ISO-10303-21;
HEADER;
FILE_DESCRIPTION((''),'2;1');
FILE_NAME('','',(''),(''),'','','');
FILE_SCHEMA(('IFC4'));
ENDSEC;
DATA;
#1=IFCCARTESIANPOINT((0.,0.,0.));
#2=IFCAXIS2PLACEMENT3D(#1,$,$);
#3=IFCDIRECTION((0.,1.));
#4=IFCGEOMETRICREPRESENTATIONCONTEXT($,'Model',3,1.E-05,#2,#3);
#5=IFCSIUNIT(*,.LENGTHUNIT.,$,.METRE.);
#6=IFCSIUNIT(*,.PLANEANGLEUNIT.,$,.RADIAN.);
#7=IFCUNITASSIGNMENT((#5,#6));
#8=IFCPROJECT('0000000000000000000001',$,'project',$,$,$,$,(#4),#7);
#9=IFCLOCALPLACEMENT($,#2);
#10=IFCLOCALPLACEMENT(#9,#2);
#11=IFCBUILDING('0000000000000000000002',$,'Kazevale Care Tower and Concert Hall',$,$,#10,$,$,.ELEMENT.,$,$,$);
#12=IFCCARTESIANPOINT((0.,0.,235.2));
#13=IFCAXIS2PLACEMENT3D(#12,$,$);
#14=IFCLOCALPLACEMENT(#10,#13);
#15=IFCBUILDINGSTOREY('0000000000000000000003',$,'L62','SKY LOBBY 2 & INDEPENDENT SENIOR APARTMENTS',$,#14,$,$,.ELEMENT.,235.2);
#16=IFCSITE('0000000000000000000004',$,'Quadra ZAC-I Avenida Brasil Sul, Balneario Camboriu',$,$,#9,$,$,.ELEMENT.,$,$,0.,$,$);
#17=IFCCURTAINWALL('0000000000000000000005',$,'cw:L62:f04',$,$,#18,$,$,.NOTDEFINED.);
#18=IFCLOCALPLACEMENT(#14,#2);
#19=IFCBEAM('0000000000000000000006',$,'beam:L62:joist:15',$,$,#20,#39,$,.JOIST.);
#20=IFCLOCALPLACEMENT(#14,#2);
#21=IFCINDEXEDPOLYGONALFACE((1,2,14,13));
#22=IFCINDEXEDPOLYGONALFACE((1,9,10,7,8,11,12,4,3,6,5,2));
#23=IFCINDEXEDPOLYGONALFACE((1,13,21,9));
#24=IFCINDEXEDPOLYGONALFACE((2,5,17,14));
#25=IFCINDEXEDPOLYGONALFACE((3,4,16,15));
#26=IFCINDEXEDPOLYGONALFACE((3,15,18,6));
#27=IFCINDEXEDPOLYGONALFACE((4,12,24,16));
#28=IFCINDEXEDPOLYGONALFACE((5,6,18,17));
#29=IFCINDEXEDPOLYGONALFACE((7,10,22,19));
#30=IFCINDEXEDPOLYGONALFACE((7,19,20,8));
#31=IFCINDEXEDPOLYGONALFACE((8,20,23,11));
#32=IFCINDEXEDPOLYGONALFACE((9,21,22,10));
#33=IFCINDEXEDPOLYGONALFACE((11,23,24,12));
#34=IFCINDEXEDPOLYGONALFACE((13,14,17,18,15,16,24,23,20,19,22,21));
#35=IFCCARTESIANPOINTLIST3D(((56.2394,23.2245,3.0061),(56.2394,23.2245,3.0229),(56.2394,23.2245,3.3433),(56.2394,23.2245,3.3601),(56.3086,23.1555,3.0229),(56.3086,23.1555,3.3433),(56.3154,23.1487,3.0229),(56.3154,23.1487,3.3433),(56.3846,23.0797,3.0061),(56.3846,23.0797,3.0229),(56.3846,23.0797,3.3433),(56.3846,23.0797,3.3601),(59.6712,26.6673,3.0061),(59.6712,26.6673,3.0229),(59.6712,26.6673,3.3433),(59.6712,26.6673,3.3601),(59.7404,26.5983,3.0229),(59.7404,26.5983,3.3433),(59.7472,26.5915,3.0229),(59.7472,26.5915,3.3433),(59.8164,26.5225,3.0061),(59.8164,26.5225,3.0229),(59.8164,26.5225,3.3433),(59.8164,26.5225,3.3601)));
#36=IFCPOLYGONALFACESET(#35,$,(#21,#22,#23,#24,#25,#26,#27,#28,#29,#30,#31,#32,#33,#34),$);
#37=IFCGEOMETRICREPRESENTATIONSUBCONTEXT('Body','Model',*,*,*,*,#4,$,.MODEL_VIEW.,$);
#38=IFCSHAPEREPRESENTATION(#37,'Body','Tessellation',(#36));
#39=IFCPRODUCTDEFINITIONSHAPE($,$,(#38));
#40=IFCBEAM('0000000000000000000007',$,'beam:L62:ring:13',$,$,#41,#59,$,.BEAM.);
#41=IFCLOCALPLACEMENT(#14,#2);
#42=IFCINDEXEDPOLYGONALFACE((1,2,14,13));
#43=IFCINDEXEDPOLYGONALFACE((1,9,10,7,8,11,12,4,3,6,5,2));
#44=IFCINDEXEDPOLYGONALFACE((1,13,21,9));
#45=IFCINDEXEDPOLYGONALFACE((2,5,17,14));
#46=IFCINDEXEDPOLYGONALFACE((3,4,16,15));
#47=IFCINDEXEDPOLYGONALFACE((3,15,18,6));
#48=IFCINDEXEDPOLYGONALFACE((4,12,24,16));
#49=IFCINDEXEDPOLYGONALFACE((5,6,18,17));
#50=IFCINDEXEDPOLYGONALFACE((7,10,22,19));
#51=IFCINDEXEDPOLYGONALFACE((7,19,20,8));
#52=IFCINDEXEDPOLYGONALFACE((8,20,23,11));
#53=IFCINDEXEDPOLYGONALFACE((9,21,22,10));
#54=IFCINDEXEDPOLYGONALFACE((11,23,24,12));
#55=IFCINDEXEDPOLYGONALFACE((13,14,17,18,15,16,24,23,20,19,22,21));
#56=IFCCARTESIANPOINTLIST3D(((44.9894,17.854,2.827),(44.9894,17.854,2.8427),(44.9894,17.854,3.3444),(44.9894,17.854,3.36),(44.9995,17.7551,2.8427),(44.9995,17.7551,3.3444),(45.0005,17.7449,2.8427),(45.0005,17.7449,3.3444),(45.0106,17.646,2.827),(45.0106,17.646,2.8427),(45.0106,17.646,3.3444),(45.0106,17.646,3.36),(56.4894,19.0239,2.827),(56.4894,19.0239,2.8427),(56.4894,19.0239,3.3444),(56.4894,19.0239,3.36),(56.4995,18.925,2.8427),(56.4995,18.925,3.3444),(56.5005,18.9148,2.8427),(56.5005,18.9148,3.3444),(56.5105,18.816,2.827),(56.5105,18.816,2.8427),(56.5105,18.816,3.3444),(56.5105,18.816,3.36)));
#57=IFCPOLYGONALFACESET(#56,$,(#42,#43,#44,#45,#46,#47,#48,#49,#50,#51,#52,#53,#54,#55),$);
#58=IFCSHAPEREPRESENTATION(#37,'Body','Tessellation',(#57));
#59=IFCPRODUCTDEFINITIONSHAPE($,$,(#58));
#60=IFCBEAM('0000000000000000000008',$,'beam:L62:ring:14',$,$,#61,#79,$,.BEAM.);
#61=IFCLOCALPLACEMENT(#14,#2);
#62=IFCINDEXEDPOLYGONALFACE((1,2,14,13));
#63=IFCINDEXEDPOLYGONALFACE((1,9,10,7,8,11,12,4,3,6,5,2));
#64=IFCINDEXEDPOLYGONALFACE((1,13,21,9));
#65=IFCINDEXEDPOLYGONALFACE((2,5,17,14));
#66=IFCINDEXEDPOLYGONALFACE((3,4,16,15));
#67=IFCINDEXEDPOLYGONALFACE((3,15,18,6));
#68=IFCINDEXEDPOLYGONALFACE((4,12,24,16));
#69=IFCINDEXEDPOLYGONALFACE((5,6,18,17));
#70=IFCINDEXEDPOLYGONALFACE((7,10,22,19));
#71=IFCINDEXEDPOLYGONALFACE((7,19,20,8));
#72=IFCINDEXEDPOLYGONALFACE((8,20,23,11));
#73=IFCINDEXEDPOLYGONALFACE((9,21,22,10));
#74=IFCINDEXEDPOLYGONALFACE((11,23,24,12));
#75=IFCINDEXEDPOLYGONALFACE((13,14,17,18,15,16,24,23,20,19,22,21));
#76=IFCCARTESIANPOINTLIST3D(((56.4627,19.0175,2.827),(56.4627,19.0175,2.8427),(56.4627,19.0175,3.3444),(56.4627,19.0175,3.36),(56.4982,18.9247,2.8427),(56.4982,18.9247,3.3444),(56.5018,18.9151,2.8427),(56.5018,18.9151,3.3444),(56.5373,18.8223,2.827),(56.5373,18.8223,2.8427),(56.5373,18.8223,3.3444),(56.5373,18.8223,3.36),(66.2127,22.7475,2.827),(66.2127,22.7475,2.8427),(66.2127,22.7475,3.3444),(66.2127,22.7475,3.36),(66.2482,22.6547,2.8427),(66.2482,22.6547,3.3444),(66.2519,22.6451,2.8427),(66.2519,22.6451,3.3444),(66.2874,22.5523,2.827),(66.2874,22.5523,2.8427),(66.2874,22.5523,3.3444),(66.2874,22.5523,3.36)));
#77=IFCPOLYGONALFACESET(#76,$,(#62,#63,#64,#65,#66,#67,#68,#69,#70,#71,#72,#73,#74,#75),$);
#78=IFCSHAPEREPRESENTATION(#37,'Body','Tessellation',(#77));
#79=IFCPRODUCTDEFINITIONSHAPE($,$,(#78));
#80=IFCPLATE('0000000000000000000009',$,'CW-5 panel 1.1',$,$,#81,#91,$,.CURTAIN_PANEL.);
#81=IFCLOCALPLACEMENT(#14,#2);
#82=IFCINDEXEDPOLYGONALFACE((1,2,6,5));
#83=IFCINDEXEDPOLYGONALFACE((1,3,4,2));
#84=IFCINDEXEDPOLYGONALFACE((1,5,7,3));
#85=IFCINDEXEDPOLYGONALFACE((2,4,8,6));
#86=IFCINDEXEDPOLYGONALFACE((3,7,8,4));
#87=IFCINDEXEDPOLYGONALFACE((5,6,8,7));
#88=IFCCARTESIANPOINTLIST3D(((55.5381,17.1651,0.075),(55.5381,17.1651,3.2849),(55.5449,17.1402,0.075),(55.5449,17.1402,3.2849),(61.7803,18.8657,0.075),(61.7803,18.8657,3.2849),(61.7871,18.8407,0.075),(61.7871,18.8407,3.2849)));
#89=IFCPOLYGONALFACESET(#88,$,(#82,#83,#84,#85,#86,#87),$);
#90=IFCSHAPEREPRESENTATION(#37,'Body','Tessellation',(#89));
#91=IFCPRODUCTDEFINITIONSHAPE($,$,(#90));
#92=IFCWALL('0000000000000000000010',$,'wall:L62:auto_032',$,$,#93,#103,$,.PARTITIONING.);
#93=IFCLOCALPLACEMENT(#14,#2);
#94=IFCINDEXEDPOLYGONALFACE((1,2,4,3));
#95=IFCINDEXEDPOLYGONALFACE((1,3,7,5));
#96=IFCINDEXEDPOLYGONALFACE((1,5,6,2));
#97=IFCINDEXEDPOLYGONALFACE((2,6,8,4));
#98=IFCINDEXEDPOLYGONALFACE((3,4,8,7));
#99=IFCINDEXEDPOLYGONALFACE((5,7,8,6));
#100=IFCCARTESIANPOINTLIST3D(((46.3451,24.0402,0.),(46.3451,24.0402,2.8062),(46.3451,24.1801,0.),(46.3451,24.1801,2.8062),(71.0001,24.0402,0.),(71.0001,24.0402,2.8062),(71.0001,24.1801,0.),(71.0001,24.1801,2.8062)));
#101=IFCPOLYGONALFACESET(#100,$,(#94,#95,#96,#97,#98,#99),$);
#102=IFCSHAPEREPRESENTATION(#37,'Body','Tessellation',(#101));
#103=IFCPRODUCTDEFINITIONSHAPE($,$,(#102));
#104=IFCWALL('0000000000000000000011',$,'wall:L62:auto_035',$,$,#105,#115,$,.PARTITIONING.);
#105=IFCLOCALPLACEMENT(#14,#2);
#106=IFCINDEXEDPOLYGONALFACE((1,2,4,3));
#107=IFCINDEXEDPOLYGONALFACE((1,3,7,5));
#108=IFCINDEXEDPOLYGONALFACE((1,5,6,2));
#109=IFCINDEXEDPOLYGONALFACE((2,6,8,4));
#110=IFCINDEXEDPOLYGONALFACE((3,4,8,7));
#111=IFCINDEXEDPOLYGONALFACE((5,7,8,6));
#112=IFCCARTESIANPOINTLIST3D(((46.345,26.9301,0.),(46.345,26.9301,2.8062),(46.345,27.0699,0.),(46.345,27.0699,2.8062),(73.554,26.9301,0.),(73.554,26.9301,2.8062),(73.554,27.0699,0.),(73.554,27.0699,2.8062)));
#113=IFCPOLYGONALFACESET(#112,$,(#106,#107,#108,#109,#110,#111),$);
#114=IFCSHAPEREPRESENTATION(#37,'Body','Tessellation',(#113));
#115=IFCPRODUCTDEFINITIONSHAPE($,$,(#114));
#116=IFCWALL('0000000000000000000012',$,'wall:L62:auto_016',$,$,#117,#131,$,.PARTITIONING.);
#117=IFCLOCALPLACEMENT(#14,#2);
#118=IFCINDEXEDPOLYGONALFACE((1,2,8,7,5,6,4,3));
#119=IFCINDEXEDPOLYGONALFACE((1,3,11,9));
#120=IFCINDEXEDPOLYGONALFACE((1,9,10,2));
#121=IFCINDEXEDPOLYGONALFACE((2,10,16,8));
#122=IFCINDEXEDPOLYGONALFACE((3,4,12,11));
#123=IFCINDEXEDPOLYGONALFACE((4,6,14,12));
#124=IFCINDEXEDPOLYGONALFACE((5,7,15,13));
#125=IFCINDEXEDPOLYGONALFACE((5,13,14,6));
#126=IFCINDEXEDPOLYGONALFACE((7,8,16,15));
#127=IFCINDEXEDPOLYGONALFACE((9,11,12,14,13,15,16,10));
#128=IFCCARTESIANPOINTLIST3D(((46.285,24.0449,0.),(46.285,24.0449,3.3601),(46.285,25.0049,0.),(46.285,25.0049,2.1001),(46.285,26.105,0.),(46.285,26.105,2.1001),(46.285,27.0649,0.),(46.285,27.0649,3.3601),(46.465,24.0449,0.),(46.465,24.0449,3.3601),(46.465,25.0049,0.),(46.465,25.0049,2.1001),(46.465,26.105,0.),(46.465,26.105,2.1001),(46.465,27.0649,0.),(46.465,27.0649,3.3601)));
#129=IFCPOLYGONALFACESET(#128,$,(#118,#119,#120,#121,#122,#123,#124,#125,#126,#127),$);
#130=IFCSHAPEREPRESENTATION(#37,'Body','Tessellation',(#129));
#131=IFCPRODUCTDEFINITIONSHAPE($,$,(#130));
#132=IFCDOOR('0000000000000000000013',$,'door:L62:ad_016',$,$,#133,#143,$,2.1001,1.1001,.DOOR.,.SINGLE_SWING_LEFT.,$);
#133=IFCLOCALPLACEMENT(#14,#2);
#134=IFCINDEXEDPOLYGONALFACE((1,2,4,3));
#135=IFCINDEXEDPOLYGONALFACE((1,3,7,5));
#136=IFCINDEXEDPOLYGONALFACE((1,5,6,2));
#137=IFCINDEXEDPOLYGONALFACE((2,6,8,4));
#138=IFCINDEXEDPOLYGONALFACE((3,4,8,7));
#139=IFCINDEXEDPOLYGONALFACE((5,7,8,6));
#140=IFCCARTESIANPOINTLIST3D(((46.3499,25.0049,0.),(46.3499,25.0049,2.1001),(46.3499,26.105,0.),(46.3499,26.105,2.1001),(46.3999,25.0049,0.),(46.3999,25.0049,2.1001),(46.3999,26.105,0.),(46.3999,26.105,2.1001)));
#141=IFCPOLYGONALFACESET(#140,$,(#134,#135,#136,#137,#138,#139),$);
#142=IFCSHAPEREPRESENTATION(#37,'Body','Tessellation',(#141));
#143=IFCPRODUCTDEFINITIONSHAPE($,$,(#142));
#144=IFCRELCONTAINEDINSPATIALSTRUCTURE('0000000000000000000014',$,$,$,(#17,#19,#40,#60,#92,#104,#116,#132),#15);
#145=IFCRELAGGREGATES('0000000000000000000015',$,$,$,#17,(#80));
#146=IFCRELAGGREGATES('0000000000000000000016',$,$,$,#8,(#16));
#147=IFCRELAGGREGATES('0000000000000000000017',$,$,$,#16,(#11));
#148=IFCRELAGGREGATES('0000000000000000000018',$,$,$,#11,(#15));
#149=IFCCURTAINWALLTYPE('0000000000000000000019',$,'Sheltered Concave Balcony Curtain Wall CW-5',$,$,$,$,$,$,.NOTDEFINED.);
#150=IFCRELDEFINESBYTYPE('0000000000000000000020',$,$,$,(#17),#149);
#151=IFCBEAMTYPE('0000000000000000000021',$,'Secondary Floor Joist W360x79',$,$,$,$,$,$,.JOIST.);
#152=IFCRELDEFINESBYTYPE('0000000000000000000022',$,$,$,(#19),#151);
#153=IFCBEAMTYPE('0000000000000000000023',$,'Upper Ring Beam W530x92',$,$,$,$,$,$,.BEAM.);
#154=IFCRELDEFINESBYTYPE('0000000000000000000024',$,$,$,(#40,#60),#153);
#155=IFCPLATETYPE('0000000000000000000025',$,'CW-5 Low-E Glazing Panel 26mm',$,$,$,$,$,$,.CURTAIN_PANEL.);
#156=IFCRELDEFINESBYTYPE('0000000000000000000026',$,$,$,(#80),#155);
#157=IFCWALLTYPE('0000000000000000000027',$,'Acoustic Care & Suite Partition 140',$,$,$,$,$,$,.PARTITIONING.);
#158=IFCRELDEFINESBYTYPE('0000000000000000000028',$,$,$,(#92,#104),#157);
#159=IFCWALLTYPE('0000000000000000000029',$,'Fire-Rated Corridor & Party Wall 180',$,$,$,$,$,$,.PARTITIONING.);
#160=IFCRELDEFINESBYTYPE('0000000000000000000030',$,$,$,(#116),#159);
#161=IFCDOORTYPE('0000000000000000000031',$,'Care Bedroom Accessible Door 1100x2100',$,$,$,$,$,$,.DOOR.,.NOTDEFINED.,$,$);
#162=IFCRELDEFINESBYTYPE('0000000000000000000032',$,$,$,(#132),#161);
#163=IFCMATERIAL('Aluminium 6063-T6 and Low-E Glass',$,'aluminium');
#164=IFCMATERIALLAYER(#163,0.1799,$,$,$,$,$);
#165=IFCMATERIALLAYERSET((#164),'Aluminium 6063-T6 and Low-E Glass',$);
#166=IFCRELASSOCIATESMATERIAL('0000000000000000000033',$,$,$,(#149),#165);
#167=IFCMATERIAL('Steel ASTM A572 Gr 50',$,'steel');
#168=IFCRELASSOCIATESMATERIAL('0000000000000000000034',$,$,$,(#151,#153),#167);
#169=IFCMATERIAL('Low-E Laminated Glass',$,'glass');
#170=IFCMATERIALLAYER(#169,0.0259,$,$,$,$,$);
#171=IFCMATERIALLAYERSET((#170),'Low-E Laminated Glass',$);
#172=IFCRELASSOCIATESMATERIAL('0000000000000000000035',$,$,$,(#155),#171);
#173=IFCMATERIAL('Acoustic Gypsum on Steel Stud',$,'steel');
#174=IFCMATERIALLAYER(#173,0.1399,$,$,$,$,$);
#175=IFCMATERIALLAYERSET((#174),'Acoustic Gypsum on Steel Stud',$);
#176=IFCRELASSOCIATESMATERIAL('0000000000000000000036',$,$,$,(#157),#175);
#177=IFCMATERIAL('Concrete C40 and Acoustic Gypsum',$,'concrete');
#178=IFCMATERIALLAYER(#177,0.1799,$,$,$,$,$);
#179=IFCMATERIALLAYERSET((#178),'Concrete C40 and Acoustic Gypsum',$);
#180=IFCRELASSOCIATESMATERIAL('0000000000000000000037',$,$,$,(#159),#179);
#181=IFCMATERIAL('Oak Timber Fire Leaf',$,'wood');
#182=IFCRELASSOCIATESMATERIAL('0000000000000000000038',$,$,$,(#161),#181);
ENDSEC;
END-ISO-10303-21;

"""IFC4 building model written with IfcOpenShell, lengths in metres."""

from ifc_helpers import new_model, si_unit, direction, frame, frame_2d, origin, origin_2d, place, context, subcontext, project, spatial, rectangle, i_section, extrude, material, layer, layer_set, material_profile, profile_set, type_object, element, fill, aggregate, save


model = new_model("IFC4")

# Units and contexts
model_context = context("Model", 3, precision=1e-05, world=origin(), true_north=direction((0.0, 1.0)))
body_context = subcontext(model_context, "Body", "Model", "MODEL_VIEW")
ifc_project = project(units=[si_unit("LENGTHUNIT", "METRE"), si_unit("PLANEANGLEUNIT", "RADIAN")], contexts=[model_context])

# Site, building, storey
site_placement = place(None, origin())
site = spatial("IfcSite", under=ifc_project, at=site_placement, Name="Quadra ZAC-I Avenida Brasil Sul, Balneario Camboriu", CompositionType="ELEMENT", RefElevation=0.0)
building_placement = place(site_placement, origin())
building = spatial("IfcBuilding", under=site, at=building_placement, Name="Kazevale Care Tower and Concert Hall", CompositionType="ELEMENT")
storey_placement = place(building_placement, frame((0.0, 0.0, 235.2)))
storey = spatial("IfcBuildingStorey", under=building, at=storey_placement, Name="L62", Description="SKY LOBBY 2 & INDEPENDENT SENIOR APARTMENTS", CompositionType="ELEMENT", Elevation=235.2)

# Curtain wall
ifc_material_1 = material(Name="Aluminium 6063-T6 and Low-E Glass", Category="aluminium")
ifc_layer_1 = layer(ifc_material_1, 0.1799)
ifc_layer_set_1 = layer_set([ifc_layer_1], Name="Aluminium 6063-T6 and Low-E Glass")
curtain_wall_type = type_object("IfcCurtainWallType", Name="Sheltered Concave Balcony Curtain Wall CW-5", PredefinedType="NOTDEFINED", material=ifc_layer_set_1)
curtain_wall_1_placement = place(storey_placement, origin())
curtain_wall_1 = element("IfcCurtainWall", 1, at=curtain_wall_1_placement, inside=storey, type_object=curtain_wall_type, Name="cw:L62:f04", PredefinedType="NOTDEFINED")

# Beams
ifc_material_2 = material(Name="Steel ASTM A572 Gr 50", Category="steel")
ifc_material_profile_1 = material_profile(ifc_material_2, i_section(OverallWidth=0.2051, OverallDepth=0.354, WebThickness=0.0095, FlangeThickness=0.0168, at=origin_2d()), Name="W360x79")
ifc_profile_set_1 = profile_set([ifc_material_profile_1], Name="Steel ASTM A572 Gr 50")
beam_type_1 = type_object("IfcBeamType", Name="Secondary Floor Joist W360x79", PredefinedType="JOIST", material=ifc_profile_set_1)
beam_1_placement = place(storey_placement, frame((56.312, 23.1521, 3.1831), z_axis=(0.705976, 0.708236, 0.0), x_axis=(-0.708236, 0.705976, 0.0)))
element("IfcBeam", 2, at=beam_1_placement, inside=storey, type_object=beam_type_1, Name="beam:L62:joist:15", PredefinedType="JOIST", context=body_context, shape_type="SweptSolid", body=[
    extrude(i_section(OverallWidth=0.2051, OverallDepth=0.354, WebThickness=0.0095, FlangeThickness=0.0168, at=origin_2d()), origin(), (0.0, 0.0, 1.0), 4.8611),
])
ifc_material_profile_2 = material_profile(ifc_material_2, i_section(OverallWidth=0.209, OverallDepth=0.533, WebThickness=0.0103, FlangeThickness=0.0156, at=origin_2d()), Name="W530x92")
ifc_profile_set_2 = profile_set([ifc_material_profile_2], Name="Steel ASTM A572 Gr 50")
beam_type_2 = type_object("IfcBeamType", Name="Upper Ring Beam W530x92", PredefinedType="BEAM", material=ifc_profile_set_2)
beam_2_placement = place(storey_placement, frame((45.0, 17.75, 3.0935), z_axis=(0.994865, 0.10121, 0.0), x_axis=(-0.10121, 0.994865, 0.0)))
element("IfcBeam", 3, at=beam_2_placement, inside=storey, type_object=beam_type_2, Name="beam:L62:ring:13", PredefinedType="BEAM", context=body_context, shape_type="SweptSolid", body=[
    extrude(i_section(OverallWidth=0.209, OverallDepth=0.533, WebThickness=0.0103, FlangeThickness=0.0156, at=origin_2d()), origin(), (0.0, 0.0, 1.0), 11.5593),
])
beam_3_placement = place(storey_placement, frame((56.5, 18.9199, 3.0935), z_axis=(0.933987, 0.357308, 0.0), x_axis=(-0.357308, 0.933987, 0.0)))
element("IfcBeam", 4, at=beam_3_placement, inside=storey, type_object=beam_type_2, Name="beam:L62:ring:14", PredefinedType="BEAM", context=body_context, shape_type="SweptSolid", body=[
    extrude(i_section(OverallWidth=0.209, OverallDepth=0.533, WebThickness=0.0103, FlangeThickness=0.0156, at=origin_2d()), origin(), (0.0, 0.0, 1.0), 10.4392),
])

# Plate
ifc_material_3 = material(Name="Low-E Laminated Glass", Category="glass")
ifc_layer_2 = layer(ifc_material_3, 0.0259)
ifc_layer_set_2 = layer_set([ifc_layer_2], Name="Low-E Laminated Glass")
plate_type = type_object("IfcPlateType", Name="CW-5 Low-E Glazing Panel 26mm", PredefinedType="CURTAIN_PANEL", material=ifc_layer_set_2)
plate_placement = place(storey_placement, frame((58.6626, 18.0029, 0.075), z_axis=(0.0, 0.0, 1.0), x_axis=(-0.964837, -0.262849, 0.0)))
plate = element("IfcPlate", 5, at=plate_placement, type_object=plate_type, Name="CW-5 panel 1.1", PredefinedType="CURTAIN_PANEL", context=body_context, shape_type="SweptSolid", body=[
    extrude(rectangle(XDim=6.4697, YDim=0.0259, at=origin_2d()), origin(), (0.0, 0.0, 1.0), 3.21),
])
aggregate(curtain_wall_1, [plate])

# Walls
ifc_material_4 = material(Name="Acoustic Gypsum on Steel Stud", Category="steel")
ifc_layer_3 = layer(ifc_material_4, 0.1399)
ifc_layer_set_3 = layer_set([ifc_layer_3], Name="Acoustic Gypsum on Steel Stud")
wall_type_1 = type_object("IfcWallType", Name="Acoustic Care & Suite Partition 140", PredefinedType="PARTITIONING", material=ifc_layer_set_3)
wall_1_placement = place(storey_placement, frame((46.345, 24.1101, 0.0), z_axis=(0.0, 0.0, 1.0), x_axis=(1.0, 0.0, 0.0)))
element("IfcWall", 6, at=wall_1_placement, inside=storey, type_object=wall_type_1, Name="wall:L62:auto_032", PredefinedType="PARTITIONING", context=body_context, shape_type="SweptSolid", body=[
    extrude(rectangle(XDim=24.655, YDim=0.1399, at=frame_2d((12.3276, 0.0))), origin(), (0.0, 0.0, 1.0), 2.8062),
])
wall_2_placement = place(storey_placement, frame((46.345, 27.0, 0.0), z_axis=(0.0, 0.0, 1.0), x_axis=(1.0, 0.0, 0.0)))
element("IfcWall", 7, at=wall_2_placement, inside=storey, type_object=wall_type_1, Name="wall:L62:auto_035", PredefinedType="PARTITIONING", context=body_context, shape_type="SweptSolid", body=[
    extrude(rectangle(XDim=27.209, YDim=0.1399, at=frame_2d((13.6045, 0.0))), origin(), (0.0, 0.0, 1.0), 2.8062),
])

# Wall, opening, door
ifc_material_5 = material(Name="Concrete C40 and Acoustic Gypsum", Category="concrete")
ifc_layer_4 = layer(ifc_material_5, 0.1799)
ifc_layer_set_4 = layer_set([ifc_layer_4], Name="Concrete C40 and Acoustic Gypsum")
wall_type_2 = type_object("IfcWallType", Name="Fire-Rated Corridor & Party Wall 180", PredefinedType="PARTITIONING", material=ifc_layer_set_4)
ifc_material_6 = material(Name="Oak Timber Fire Leaf", Category="wood")
wall_3_placement = place(storey_placement, frame((46.375, 27.0649, 0.0), z_axis=(0.0, 0.0, 1.0), x_axis=(0.0, -1.0, 0.0)))
wall_3 = element("IfcWall", 8, at=wall_3_placement, inside=storey, type_object=wall_type_2, Name="wall:L62:auto_016", PredefinedType="PARTITIONING", context=body_context, shape_type="SweptSolid", body=[
    extrude(rectangle(XDim=3.02, YDim=0.1799, at=frame_2d((1.51, 0.0))), origin(), (0.0, 0.0, 1.0), 3.3601),
])
opening_1_placement = place(wall_3_placement, frame((0.96, 0.0, 0.0)))
opening_1 = element("IfcOpeningElement", 9, at=opening_1_placement, cuts=wall_3, PredefinedType="OPENING", context=body_context, shape_type="SweptSolid", body=[
    extrude(rectangle(XDim=1.1001, YDim=2.1001, at=frame_2d((0.55, 1.05))), frame((0.0, 0.0999, 0.0), z_axis=(0.0, -1.0, 0.0), x_axis=(1.0, 0.0, 0.0)), (0.0, 0.0, 1.0), 0.2),
])
door_type_1 = type_object("IfcDoorType", Name="Care Bedroom Accessible Door 1100x2100", OperationType="NOTDEFINED", PredefinedType="DOOR", material=ifc_material_6)
door_1_placement = place(opening_1_placement, origin())
door_1 = element("IfcDoor", 10, at=door_1_placement, inside=storey, type_object=door_type_1, Name="door:L62:ad_016", OperationType="SINGLE_SWING_LEFT", OverallHeight=2.1001, OverallWidth=1.1001, PredefinedType="DOOR", context=body_context, shape_type="SweptSolid", body=[
    extrude(rectangle(XDim=1.1001, YDim=2.1001, at=frame_2d((0.55, 1.05))), frame((0.0, 0.0249, 0.0), z_axis=(0.0, -1.0, 0.0), x_axis=(1.0, 0.0, 0.0)), (0.0, 0.0, 1.0), 0.05),
])
fill(opening_1, door_1)

save(model, "model.ifc")
